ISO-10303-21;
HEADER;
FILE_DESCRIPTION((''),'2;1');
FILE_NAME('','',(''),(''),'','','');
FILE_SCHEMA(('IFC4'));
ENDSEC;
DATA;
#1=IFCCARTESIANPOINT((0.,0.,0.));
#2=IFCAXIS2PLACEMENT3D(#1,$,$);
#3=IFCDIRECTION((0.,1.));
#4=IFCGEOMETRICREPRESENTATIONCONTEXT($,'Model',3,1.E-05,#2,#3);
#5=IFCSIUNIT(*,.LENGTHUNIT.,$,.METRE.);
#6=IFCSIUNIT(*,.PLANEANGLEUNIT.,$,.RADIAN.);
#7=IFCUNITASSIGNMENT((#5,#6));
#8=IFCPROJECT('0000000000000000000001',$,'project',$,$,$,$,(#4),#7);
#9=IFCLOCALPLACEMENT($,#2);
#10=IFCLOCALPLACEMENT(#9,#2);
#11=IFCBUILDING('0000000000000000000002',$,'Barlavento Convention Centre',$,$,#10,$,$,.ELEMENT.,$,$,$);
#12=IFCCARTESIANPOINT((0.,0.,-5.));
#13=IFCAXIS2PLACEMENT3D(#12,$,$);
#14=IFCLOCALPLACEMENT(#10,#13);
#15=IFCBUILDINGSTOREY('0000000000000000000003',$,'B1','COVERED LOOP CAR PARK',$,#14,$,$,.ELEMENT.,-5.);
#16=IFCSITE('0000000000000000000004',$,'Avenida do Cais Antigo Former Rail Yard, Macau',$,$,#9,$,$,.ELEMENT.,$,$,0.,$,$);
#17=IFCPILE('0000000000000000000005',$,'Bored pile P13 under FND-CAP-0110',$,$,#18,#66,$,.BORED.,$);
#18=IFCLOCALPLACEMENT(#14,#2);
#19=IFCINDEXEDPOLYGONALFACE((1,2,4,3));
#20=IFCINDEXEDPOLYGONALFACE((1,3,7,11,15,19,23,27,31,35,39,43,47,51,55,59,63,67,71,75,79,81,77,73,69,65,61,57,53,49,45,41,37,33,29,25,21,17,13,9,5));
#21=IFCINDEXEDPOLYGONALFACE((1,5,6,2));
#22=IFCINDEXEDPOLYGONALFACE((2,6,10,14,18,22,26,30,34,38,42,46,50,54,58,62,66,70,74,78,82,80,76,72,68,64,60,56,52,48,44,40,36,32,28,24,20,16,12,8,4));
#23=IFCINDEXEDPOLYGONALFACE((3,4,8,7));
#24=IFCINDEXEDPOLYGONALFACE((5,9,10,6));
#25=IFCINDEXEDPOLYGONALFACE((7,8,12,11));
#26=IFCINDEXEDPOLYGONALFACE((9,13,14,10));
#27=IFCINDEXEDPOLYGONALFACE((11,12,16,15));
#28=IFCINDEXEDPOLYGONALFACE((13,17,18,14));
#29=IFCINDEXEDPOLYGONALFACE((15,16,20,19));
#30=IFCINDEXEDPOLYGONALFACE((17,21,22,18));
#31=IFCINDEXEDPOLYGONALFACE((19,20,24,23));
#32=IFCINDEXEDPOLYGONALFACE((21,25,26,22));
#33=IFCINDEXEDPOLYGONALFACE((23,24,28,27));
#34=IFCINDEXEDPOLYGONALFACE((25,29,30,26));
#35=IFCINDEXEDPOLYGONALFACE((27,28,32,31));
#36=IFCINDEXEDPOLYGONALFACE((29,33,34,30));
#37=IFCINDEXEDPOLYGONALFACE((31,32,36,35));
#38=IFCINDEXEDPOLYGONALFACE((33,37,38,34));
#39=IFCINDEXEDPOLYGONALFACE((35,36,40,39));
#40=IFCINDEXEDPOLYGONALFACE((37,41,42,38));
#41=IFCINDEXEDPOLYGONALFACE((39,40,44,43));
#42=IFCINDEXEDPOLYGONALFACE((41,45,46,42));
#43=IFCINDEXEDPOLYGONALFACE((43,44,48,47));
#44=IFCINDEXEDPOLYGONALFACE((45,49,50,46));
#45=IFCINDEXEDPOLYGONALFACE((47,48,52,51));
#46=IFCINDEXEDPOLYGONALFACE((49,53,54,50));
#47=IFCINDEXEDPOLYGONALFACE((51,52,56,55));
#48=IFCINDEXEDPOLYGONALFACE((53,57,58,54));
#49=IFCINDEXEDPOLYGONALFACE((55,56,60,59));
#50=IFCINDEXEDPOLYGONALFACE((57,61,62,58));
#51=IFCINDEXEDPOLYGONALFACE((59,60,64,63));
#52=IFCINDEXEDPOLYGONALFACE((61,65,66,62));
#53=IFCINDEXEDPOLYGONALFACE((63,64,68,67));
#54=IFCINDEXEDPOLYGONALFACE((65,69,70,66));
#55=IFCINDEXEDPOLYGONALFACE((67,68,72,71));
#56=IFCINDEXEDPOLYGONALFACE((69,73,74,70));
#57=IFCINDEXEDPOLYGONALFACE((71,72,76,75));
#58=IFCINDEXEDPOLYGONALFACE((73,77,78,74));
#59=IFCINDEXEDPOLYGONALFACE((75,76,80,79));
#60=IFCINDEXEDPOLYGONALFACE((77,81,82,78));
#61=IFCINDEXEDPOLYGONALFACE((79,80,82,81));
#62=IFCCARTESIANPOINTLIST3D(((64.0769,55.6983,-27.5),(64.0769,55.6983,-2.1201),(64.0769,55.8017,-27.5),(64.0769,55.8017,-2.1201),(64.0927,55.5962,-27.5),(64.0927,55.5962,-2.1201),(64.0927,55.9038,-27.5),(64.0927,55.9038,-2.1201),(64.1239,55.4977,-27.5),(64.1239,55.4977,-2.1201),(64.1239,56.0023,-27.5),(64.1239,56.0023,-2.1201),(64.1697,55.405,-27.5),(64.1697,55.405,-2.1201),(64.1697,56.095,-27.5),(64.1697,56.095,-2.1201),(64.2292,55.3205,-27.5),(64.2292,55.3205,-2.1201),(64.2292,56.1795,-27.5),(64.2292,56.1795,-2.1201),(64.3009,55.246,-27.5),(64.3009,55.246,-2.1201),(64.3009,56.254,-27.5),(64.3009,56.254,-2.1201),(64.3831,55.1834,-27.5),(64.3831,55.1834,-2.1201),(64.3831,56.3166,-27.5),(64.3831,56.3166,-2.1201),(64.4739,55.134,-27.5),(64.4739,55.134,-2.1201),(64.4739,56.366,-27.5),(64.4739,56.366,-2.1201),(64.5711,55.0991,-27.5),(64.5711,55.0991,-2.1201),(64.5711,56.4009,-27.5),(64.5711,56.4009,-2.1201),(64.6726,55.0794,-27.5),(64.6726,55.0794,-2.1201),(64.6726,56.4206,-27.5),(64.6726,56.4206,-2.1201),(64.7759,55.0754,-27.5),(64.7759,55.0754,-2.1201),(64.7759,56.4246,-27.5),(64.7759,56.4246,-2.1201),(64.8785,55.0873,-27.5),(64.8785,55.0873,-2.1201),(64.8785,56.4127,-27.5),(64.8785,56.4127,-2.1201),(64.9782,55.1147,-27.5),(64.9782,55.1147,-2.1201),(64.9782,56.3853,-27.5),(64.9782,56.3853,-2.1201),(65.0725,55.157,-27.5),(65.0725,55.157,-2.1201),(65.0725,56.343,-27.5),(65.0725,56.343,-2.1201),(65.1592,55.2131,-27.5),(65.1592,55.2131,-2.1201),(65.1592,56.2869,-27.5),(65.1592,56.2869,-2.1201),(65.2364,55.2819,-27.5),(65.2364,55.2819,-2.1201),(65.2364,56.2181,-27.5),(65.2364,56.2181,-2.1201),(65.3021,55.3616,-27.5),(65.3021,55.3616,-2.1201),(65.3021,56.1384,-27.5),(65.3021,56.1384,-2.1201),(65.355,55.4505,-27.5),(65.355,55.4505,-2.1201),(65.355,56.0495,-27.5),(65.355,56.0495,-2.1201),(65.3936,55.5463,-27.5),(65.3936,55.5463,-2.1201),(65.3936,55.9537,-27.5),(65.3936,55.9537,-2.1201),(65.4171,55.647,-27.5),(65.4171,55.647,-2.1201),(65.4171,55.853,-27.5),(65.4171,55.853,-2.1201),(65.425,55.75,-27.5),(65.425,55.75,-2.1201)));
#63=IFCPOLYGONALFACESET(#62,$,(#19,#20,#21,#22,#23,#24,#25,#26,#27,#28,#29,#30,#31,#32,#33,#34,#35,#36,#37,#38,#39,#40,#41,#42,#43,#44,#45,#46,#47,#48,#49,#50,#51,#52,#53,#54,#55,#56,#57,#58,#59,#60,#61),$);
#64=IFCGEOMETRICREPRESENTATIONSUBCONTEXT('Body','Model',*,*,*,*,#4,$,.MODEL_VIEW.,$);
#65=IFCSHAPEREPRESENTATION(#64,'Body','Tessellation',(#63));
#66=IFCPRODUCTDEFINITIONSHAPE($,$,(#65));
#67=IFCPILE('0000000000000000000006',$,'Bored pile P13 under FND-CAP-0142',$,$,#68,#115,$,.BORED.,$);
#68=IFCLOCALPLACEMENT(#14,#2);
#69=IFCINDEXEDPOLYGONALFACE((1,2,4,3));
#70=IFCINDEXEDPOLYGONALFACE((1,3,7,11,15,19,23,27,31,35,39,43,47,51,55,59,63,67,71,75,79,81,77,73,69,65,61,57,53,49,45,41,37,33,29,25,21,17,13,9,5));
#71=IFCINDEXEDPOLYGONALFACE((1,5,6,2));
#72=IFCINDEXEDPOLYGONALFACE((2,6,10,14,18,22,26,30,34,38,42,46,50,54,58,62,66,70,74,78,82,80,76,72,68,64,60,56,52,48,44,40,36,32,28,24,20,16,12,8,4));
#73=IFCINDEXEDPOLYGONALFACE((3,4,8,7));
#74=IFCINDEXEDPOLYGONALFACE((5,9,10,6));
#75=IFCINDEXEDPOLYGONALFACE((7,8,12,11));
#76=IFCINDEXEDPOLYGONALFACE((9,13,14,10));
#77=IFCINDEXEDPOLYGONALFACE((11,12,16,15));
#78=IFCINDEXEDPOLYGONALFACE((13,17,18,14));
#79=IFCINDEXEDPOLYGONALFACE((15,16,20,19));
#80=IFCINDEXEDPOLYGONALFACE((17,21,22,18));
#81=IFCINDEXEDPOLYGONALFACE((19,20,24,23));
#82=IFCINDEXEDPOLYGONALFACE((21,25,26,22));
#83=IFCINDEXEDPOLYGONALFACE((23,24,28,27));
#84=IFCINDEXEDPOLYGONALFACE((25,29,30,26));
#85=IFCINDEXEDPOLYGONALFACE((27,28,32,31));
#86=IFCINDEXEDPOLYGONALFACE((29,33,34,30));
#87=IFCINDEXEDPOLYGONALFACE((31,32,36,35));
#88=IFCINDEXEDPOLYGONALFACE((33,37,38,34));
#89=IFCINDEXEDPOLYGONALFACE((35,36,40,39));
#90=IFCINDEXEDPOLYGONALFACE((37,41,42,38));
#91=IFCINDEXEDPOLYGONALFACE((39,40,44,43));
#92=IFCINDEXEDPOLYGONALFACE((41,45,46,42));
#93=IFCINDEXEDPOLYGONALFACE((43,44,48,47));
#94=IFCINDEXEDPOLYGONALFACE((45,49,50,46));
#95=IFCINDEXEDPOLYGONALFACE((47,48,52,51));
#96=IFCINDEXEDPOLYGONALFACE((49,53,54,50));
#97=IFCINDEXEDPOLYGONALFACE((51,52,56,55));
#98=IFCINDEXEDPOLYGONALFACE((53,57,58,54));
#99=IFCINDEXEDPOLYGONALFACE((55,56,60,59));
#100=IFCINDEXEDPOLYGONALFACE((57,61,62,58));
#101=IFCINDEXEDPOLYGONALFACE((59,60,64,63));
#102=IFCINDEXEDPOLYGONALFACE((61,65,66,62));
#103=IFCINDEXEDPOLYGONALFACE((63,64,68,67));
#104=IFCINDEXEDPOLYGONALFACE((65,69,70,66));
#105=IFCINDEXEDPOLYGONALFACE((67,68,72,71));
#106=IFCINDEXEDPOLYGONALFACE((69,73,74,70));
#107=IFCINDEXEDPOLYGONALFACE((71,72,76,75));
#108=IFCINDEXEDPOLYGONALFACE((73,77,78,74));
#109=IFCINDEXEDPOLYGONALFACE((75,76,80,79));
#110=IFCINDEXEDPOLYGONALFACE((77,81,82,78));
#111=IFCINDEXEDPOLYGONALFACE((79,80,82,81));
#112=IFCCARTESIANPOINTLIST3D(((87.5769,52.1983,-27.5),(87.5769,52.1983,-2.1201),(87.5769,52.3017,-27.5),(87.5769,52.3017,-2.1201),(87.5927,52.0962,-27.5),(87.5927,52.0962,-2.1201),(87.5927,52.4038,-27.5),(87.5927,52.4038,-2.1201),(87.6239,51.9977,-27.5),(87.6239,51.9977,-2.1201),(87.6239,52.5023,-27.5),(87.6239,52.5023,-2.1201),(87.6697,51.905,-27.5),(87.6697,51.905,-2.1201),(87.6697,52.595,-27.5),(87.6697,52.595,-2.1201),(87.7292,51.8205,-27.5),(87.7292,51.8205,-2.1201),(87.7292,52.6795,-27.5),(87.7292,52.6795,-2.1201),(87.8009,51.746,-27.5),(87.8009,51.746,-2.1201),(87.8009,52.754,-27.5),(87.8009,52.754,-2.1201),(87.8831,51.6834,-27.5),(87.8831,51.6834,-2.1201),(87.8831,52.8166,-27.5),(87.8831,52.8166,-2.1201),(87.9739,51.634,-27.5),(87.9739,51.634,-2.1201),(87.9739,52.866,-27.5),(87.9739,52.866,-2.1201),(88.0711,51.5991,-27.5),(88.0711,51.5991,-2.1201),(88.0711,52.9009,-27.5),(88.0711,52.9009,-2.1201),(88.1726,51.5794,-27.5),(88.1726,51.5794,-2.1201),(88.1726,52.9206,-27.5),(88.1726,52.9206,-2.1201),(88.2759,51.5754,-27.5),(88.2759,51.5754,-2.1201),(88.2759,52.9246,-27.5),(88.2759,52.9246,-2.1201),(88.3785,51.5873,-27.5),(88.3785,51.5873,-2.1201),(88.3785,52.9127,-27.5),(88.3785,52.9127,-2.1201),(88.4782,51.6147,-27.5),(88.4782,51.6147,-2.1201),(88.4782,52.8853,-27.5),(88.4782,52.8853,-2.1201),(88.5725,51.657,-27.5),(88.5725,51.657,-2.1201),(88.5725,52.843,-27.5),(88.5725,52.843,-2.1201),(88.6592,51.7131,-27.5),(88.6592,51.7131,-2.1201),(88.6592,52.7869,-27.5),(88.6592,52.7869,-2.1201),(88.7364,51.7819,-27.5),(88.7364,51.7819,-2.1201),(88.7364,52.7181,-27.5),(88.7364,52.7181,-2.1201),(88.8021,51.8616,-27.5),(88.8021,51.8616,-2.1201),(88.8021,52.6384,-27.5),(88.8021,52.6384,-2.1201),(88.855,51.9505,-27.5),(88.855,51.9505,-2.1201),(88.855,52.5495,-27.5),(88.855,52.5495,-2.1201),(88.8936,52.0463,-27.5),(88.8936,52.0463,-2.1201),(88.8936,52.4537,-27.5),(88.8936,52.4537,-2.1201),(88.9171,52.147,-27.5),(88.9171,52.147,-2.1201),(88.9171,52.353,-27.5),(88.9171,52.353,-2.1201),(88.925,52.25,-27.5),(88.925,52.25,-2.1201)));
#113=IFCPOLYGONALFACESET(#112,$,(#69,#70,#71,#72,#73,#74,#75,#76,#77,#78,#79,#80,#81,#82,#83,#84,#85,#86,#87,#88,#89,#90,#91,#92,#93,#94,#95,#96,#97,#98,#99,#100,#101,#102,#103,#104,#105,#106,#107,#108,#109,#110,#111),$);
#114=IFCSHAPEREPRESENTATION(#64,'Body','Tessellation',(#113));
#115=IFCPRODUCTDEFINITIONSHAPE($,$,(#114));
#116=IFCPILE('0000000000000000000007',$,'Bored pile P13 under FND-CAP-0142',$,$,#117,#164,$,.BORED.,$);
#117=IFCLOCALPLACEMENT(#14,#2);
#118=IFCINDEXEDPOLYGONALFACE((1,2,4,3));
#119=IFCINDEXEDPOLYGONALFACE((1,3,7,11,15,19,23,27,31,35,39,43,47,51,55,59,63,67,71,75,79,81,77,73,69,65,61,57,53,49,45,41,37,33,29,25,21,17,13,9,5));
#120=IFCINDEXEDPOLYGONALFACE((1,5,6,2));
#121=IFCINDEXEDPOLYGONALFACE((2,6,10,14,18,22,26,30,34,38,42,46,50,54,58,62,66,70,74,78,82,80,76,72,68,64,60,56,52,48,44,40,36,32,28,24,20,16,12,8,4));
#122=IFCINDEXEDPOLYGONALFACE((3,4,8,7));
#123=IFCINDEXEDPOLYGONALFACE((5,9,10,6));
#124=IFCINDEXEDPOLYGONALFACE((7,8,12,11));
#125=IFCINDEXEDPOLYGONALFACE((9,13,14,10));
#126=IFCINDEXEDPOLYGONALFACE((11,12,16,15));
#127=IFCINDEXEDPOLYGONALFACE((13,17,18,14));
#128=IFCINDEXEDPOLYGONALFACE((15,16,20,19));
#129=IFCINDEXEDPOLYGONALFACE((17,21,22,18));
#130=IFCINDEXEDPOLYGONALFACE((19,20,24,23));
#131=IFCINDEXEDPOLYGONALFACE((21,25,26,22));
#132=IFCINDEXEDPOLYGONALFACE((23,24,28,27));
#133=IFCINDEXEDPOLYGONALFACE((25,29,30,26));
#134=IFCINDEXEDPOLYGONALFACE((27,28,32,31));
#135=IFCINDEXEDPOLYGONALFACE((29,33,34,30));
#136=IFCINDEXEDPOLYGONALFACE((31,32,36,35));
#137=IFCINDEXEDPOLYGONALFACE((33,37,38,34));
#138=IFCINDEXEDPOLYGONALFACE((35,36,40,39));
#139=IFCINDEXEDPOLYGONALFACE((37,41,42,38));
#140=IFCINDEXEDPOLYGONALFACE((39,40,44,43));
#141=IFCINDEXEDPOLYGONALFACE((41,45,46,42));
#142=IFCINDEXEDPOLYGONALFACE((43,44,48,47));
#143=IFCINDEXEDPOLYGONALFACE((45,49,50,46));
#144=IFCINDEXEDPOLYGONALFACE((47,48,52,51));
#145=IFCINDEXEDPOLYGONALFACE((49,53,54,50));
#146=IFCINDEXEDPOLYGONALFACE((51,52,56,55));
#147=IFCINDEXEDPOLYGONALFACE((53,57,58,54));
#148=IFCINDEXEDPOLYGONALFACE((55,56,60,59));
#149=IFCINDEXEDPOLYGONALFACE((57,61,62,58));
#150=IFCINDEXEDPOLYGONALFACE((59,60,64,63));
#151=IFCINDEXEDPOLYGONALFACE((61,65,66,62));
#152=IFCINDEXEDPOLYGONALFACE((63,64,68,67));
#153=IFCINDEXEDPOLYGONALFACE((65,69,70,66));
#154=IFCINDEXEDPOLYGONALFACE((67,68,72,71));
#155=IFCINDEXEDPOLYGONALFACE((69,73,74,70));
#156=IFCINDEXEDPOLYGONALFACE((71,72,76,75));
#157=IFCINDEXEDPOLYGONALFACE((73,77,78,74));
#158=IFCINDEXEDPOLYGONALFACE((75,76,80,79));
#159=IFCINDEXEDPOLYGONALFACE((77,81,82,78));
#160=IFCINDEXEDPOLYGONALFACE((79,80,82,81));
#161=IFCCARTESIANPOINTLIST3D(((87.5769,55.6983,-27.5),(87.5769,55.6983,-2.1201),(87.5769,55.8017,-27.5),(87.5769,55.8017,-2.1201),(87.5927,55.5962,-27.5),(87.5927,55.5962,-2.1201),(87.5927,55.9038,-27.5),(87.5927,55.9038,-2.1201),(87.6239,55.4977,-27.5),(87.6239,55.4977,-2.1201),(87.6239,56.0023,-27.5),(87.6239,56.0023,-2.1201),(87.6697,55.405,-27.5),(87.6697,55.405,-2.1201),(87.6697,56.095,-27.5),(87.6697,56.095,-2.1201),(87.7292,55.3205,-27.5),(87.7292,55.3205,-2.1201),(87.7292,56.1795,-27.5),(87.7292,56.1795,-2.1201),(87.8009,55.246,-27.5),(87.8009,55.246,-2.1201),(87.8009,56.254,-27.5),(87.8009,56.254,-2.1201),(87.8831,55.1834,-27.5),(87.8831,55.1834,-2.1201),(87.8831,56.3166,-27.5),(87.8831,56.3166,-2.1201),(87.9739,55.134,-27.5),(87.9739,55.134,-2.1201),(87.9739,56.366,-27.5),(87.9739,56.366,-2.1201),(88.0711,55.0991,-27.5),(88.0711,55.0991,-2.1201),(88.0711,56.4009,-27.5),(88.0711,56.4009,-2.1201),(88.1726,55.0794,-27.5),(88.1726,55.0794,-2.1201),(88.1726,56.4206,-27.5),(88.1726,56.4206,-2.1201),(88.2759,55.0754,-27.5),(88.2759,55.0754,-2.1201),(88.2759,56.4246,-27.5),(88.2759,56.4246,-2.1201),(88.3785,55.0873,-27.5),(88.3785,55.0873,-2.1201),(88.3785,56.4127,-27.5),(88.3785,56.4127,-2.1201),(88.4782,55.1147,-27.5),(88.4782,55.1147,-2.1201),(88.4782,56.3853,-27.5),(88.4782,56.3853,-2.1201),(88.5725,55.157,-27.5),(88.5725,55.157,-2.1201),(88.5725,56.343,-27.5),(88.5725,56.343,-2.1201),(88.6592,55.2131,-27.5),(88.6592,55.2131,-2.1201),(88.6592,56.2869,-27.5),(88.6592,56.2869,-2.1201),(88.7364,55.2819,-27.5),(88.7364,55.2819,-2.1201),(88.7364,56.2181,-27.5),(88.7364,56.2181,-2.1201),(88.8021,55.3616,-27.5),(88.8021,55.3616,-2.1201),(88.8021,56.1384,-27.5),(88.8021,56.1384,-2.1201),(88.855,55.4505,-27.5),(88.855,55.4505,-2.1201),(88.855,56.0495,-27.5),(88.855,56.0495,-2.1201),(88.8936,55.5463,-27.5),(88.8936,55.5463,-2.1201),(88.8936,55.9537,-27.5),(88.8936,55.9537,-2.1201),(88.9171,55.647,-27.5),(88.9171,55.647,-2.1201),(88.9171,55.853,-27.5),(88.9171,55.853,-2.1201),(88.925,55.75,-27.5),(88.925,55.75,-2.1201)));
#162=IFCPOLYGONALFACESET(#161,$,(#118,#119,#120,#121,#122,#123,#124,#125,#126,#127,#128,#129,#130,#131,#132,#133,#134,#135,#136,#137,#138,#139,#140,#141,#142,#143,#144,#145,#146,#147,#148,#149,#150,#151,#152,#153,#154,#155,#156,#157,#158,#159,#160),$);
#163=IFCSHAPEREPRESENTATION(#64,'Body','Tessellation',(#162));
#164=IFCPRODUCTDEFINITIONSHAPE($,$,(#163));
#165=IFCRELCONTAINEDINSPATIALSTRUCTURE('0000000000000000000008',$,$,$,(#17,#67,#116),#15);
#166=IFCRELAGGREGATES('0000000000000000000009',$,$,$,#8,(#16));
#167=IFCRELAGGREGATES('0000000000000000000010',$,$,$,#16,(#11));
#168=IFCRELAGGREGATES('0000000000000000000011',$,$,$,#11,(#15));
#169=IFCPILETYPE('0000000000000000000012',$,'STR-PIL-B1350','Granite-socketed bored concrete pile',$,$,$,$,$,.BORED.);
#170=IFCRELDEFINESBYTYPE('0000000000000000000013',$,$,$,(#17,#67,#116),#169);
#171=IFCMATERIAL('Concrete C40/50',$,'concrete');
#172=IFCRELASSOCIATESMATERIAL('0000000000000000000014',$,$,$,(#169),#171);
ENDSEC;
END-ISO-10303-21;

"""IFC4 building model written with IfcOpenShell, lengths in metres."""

from ifc_helpers import new_model, si_unit, direction, frame, origin, origin_2d, place, context, subcontext, project, spatial, circle, extrude, material, material_profile, profile_set, type_object, element, save


model = new_model("IFC4")

# Units and contexts
model_context = context("Model", 3, precision=1e-05, world=origin(), true_north=direction((0.0, 1.0)))
body_context = subcontext(model_context, "Body", "Model", "MODEL_VIEW")
ifc_project = project(units=[si_unit("LENGTHUNIT", "METRE"), si_unit("PLANEANGLEUNIT", "RADIAN")], contexts=[model_context])

# Site, building, storey
site_placement = place(None, origin())
site = spatial("IfcSite", under=ifc_project, at=site_placement, Name="Avenida do Cais Antigo Former Rail Yard, Macau", CompositionType="ELEMENT", RefElevation=0.0)
building_placement = place(site_placement, origin())
building = spatial("IfcBuilding", under=site, at=building_placement, Name="Barlavento Convention Centre", CompositionType="ELEMENT")
storey_placement = place(building_placement, frame((0.0, 0.0, -5.0)))
storey = spatial("IfcBuildingStorey", under=building, at=storey_placement, Name="B1", Description="COVERED LOOP CAR PARK", CompositionType="ELEMENT", Elevation=-5.0)

# Shared definitions
ifc_material_1 = material(Name="Concrete C40/50", Category="concrete")

# Piles
ifc_material_profile_1 = material_profile(ifc_material_1, circle(Radius=0.675, at=origin_2d()), Name="BORED PILE 1350")
ifc_profile_set_1 = profile_set([ifc_material_profile_1], Name="Concrete C40/50")
pile_type_1 = type_object("IfcPileType", Name="STR-PIL-B1350", Description="Granite-socketed bored concrete pile", PredefinedType="BORED", material=ifc_profile_set_1)
for number, where, z_axis, x_axis, name in (
    (1, (64.75, 55.75, -2.1201), (0.0, 0.0, -1.0), (1.0, 0.0, 0.0), "Bored pile P13 under FND-CAP-0110"),
    (2, (88.25, 52.25, -2.1201), (0.0, 0.0, -1.0), (1.0, 0.0, 0.0), "Bored pile P13 under FND-CAP-0142"),
    (3, (88.25, 55.75, -2.1201), (0.0, 0.0, -1.0), (1.0, 0.0, 0.0), "Bored pile P13 under FND-CAP-0142"),
):
    element("IfcPile", number, at=place(storey_placement, frame(where, z_axis=z_axis, x_axis=x_axis)), inside=storey, type_object=pile_type_1, Name=name, PredefinedType="BORED", context=body_context, shape_type="SweptSolid", body=[
        extrude(circle(Radius=0.675, at=origin_2d()), origin(), (0.0, 0.0, 1.0), 25.3799),
    ])

save(model, "model.ifc")
